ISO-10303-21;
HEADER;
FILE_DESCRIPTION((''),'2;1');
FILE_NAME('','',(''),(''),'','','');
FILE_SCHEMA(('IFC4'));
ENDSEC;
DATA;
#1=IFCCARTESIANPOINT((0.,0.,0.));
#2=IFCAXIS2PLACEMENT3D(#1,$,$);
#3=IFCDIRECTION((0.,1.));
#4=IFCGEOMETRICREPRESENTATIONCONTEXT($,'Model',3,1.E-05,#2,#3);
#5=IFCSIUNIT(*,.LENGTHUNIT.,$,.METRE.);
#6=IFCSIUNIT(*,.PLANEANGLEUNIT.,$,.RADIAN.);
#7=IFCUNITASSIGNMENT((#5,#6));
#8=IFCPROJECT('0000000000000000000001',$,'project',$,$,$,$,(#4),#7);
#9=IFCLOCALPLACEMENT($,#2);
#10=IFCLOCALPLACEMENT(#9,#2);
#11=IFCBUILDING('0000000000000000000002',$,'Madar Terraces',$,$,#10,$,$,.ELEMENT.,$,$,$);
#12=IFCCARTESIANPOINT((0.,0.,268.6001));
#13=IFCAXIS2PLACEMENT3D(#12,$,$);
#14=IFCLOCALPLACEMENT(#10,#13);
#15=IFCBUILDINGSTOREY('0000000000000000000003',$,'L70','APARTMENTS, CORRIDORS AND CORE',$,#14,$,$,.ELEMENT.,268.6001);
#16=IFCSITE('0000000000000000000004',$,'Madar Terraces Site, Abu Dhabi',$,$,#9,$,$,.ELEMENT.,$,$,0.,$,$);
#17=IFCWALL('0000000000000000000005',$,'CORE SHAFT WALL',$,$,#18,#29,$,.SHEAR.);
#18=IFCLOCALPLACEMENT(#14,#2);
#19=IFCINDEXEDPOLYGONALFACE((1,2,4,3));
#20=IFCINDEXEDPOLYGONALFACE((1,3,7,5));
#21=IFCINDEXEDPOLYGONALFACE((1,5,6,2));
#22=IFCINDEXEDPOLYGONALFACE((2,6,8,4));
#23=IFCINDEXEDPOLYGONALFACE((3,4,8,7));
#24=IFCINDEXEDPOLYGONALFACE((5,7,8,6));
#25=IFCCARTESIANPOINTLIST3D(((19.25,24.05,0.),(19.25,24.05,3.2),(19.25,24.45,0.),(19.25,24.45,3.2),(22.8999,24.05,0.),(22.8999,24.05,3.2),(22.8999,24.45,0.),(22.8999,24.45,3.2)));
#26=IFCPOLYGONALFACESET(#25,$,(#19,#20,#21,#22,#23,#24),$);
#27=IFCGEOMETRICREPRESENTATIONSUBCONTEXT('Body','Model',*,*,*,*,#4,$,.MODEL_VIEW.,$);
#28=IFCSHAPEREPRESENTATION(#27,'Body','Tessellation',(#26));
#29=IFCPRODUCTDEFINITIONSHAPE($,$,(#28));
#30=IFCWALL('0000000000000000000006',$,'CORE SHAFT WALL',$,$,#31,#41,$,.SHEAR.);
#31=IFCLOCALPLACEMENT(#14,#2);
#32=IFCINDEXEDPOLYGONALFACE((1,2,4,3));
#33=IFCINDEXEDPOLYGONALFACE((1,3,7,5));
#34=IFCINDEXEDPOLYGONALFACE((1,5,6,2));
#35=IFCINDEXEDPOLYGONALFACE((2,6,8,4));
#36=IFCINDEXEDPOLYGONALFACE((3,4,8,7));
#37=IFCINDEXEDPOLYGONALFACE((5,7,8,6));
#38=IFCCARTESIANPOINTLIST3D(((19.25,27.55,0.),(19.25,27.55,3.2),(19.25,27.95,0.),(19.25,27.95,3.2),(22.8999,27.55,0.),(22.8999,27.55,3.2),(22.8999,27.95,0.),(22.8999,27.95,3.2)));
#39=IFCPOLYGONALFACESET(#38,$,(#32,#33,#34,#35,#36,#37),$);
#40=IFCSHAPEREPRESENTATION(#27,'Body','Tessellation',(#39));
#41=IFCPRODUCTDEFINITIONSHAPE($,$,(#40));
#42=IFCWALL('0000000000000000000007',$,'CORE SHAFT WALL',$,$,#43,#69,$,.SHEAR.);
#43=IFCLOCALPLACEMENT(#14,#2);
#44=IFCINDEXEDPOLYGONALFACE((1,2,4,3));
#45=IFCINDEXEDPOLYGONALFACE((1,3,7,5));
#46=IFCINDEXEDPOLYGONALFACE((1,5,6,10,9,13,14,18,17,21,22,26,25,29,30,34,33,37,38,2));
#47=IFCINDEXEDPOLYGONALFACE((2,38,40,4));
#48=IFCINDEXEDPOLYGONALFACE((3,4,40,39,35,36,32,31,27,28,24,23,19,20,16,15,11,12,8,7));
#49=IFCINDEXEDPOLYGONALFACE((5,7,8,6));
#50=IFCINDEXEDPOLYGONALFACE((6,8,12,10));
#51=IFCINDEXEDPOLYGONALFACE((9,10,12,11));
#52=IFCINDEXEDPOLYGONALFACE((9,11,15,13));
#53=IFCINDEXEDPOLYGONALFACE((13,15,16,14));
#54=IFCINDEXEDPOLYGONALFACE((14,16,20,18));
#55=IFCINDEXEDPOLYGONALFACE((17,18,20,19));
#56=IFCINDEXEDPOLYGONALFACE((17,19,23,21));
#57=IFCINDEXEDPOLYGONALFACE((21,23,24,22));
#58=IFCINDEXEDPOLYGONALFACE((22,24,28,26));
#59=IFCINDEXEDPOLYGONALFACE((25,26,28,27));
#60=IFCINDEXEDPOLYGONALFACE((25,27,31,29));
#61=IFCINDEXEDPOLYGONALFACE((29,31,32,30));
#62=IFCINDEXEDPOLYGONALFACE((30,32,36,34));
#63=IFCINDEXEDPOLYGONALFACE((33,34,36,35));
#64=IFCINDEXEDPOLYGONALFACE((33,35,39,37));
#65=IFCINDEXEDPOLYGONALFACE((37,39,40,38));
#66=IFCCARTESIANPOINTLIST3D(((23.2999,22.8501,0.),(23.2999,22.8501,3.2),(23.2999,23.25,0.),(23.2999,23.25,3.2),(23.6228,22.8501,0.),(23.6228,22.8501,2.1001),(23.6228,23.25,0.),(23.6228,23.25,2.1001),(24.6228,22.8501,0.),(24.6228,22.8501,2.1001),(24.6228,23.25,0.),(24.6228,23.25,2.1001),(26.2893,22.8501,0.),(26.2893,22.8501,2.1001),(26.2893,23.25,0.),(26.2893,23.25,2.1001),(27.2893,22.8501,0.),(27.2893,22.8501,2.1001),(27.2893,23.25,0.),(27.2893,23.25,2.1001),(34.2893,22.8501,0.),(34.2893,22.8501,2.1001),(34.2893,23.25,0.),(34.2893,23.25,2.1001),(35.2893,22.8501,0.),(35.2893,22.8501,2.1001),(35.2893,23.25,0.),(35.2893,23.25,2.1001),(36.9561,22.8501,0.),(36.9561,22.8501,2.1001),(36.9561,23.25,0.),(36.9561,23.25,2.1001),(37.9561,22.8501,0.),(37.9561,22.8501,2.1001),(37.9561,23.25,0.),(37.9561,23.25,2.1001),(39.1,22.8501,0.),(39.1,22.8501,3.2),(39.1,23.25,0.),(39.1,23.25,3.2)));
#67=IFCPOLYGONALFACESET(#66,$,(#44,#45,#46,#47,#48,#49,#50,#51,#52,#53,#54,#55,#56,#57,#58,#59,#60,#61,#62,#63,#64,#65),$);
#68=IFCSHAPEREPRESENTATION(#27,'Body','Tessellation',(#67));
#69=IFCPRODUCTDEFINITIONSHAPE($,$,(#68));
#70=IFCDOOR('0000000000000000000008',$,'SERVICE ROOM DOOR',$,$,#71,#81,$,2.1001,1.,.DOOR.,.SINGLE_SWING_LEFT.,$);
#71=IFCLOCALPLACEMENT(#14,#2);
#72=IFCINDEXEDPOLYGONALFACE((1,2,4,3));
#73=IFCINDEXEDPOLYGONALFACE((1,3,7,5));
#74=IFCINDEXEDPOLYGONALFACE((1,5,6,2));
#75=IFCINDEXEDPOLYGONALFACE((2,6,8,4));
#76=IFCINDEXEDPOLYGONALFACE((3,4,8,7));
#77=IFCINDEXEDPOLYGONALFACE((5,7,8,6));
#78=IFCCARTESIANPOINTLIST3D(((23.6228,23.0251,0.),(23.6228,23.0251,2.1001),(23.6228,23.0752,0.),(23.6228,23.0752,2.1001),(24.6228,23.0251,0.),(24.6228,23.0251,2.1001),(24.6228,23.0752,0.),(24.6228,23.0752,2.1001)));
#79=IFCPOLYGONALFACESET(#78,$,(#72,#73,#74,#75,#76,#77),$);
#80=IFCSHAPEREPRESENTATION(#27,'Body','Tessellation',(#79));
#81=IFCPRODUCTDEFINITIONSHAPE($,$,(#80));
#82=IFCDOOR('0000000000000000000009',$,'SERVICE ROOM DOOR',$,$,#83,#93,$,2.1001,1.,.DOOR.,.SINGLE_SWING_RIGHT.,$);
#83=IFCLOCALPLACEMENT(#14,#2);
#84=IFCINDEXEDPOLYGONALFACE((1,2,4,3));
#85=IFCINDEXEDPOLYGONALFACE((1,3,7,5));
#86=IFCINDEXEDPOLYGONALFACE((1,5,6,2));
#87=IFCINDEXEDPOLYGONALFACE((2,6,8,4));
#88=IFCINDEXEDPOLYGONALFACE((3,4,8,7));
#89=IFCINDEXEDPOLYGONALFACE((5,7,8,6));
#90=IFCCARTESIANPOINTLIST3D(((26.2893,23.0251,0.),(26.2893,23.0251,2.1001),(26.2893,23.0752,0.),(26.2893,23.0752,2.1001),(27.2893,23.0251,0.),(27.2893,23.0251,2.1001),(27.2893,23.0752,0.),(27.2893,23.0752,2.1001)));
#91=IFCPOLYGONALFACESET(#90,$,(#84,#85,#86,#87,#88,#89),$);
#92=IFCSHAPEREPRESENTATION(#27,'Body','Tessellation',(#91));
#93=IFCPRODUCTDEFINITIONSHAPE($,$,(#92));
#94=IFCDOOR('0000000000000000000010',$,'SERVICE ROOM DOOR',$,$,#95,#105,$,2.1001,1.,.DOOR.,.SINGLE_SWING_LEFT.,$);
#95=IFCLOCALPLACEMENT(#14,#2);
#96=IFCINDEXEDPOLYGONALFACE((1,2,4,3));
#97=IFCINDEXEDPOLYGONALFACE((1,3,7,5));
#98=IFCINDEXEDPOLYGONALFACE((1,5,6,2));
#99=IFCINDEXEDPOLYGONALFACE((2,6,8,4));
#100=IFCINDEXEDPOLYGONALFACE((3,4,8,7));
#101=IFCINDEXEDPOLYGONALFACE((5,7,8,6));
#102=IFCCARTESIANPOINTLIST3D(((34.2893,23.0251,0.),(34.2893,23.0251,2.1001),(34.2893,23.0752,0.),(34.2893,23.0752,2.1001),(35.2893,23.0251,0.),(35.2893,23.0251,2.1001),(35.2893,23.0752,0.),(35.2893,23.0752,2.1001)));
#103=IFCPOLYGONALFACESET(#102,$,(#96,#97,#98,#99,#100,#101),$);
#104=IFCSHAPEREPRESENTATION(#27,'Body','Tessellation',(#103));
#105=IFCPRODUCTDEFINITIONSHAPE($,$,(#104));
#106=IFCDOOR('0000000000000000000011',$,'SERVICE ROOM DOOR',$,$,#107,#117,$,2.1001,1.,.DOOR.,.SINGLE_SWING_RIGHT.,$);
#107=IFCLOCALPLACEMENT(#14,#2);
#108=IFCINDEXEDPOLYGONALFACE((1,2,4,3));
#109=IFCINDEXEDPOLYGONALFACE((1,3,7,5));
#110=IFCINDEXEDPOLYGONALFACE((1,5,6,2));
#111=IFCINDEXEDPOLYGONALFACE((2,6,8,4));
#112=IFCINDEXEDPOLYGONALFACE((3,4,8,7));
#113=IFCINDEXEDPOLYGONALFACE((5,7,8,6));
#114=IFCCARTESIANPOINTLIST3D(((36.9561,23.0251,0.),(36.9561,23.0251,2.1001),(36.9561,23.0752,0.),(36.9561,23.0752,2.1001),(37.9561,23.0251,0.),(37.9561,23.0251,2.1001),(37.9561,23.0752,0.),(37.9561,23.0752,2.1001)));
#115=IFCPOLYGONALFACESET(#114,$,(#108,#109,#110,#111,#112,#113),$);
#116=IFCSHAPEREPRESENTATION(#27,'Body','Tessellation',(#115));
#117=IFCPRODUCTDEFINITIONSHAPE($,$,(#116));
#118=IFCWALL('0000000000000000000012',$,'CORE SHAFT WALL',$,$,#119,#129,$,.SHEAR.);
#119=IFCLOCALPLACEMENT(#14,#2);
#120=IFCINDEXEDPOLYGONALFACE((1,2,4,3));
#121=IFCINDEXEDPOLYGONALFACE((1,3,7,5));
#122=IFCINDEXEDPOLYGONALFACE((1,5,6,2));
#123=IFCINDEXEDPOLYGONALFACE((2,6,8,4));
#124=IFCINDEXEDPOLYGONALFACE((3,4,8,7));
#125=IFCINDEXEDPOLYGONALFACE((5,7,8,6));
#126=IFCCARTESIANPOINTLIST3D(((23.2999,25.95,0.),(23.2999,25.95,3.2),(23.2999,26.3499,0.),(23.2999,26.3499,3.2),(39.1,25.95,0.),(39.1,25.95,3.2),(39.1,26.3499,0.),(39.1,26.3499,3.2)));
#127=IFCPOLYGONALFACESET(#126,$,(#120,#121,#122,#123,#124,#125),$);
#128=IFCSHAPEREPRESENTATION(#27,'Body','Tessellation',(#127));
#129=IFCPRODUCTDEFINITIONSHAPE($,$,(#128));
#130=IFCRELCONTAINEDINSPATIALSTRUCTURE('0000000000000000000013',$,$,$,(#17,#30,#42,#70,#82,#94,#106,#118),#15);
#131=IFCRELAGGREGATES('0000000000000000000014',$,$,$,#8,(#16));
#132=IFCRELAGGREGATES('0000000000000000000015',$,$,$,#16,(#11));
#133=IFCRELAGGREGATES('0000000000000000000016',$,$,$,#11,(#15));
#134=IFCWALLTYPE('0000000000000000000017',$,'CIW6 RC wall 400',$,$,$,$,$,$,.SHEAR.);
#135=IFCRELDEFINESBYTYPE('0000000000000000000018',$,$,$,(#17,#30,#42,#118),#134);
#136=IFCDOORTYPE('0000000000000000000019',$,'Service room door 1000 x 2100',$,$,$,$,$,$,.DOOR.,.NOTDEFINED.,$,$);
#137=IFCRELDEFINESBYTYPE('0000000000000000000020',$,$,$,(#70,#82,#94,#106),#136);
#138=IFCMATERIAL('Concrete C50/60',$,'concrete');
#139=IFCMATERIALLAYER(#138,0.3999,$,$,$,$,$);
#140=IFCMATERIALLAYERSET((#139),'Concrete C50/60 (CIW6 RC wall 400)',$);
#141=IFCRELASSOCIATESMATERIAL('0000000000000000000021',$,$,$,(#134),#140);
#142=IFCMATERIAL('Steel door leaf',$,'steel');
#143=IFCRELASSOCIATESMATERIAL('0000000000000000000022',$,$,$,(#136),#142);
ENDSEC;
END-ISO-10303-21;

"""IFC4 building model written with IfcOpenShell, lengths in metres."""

from ifc_helpers import new_model, si_unit, direction, frame, frame_2d, origin, place, context, subcontext, project, spatial, rectangle, extrude, material, layer, layer_set, type_object, element, fill, save


model = new_model("IFC4")

# Units and contexts
model_context = context("Model", 3, precision=1e-05, world=origin(), true_north=direction((0.0, 1.0)))
body_context = subcontext(model_context, "Body", "Model", "MODEL_VIEW")
ifc_project = project(units=[si_unit("LENGTHUNIT", "METRE"), si_unit("PLANEANGLEUNIT", "RADIAN")], contexts=[model_context])

# Site, building, storey
site_placement = place(None, origin())
site = spatial("IfcSite", under=ifc_project, at=site_placement, Name="Madar Terraces Site, Abu Dhabi", CompositionType="ELEMENT", RefElevation=0.0)
building_placement = place(site_placement, origin())
building = spatial("IfcBuilding", under=site, at=building_placement, Name="Madar Terraces", CompositionType="ELEMENT")
storey_placement = place(building_placement, frame((0.0, 0.0, 268.6001)))
storey = spatial("IfcBuildingStorey", under=building, at=storey_placement, Name="L70", Description="APARTMENTS, CORRIDORS AND CORE", CompositionType="ELEMENT", Elevation=268.6001)

# Walls
ifc_material_1 = material(Name="Concrete C50/60", Category="concrete")
ifc_layer_1 = layer(ifc_material_1, 0.3999)
ifc_layer_set_1 = layer_set([ifc_layer_1], Name="Concrete C50/60 (CIW6 RC wall 400)")
wall_type_1 = type_object("IfcWallType", Name="CIW6 RC wall 400", PredefinedType="SHEAR", material=ifc_layer_set_1)
for number, where, z_axis, x_axis, name in (
    (1, (19.25, 24.25, 0.0), (0.0, 0.0, 1.0), (1.0, 0.0, 0.0), "CORE SHAFT WALL"),
    (2, (19.25, 27.75, 0.0), (0.0, 0.0, 1.0), (1.0, 0.0, 0.0), "CORE SHAFT WALL"),
):
    element("IfcWall", number, at=place(storey_placement, frame(where, z_axis=z_axis, x_axis=x_axis)), inside=storey, type_object=wall_type_1, Name=name, PredefinedType="SHEAR", context=body_context, shape_type="SweptSolid", body=[
        extrude(rectangle(XDim=3.6499, YDim=0.3999, at=frame_2d((1.825, 0.0))), origin(), (0.0, 0.0, 1.0), 3.2),
    ])

# Wall, openings, doors
wall_1_placement = place(storey_placement, frame((23.3, 23.05, 0.0), z_axis=(0.0, 0.0, 1.0), x_axis=(1.0, 0.0, 0.0)))
wall_1 = element("IfcWall", 3, at=wall_1_placement, inside=storey, type_object=wall_type_1, Name="CORE SHAFT WALL", PredefinedType="SHEAR", context=body_context, shape_type="SweptSolid", body=[
    extrude(rectangle(XDim=15.8, YDim=0.3999, at=frame_2d((7.8999, 0.0))), origin(), (0.0, 0.0, 1.0), 3.2),
])
opening_1_placement = place(wall_1_placement, frame((0.3228, 0.0, 0.0)))
opening_1 = element("IfcOpeningElement", 4, at=opening_1_placement, cuts=wall_1, PredefinedType="OPENING", context=body_context, shape_type="SweptSolid", body=[
    extrude(rectangle(XDim=1.0, YDim=2.1001, at=frame_2d((0.5, 1.05))), frame((0.0, 0.21, 0.0), z_axis=(0.0, -1.0, 0.0), x_axis=(1.0, 0.0, 0.0)), (0.0, 0.0, 1.0), 0.4199),
])
opening_2_placement = place(wall_1_placement, frame((2.9893, 0.0, 0.0)))
opening_2 = element("IfcOpeningElement", 5, at=opening_2_placement, cuts=wall_1, PredefinedType="OPENING", context=body_context, shape_type="SweptSolid", body=[
    extrude(rectangle(XDim=1.0, YDim=2.1001, at=frame_2d((0.5, 1.05))), frame((0.0, 0.21, 0.0), z_axis=(0.0, -1.0, 0.0), x_axis=(1.0, 0.0, 0.0)), (0.0, 0.0, 1.0), 0.4199),
])
opening_3_placement = place(wall_1_placement, frame((10.9893, 0.0, 0.0)))
opening_3 = element("IfcOpeningElement", 6, at=opening_3_placement, cuts=wall_1, PredefinedType="OPENING", context=body_context, shape_type="SweptSolid", body=[
    extrude(rectangle(XDim=1.0, YDim=2.1001, at=frame_2d((0.5, 1.05))), frame((0.0, 0.21, 0.0), z_axis=(0.0, -1.0, 0.0), x_axis=(1.0, 0.0, 0.0)), (0.0, 0.0, 1.0), 0.4199),
])
opening_4_placement = place(wall_1_placement, frame((13.656, 0.0, 0.0)))
opening_4 = element("IfcOpeningElement", 7, at=opening_4_placement, cuts=wall_1, PredefinedType="OPENING", context=body_context, shape_type="SweptSolid", body=[
    extrude(rectangle(XDim=1.0, YDim=2.1001, at=frame_2d((0.5, 1.05))), frame((0.0, 0.21, 0.0), z_axis=(0.0, -1.0, 0.0), x_axis=(1.0, 0.0, 0.0)), (0.0, 0.0, 1.0), 0.4199),
])
ifc_material_2 = material(Name="Steel door leaf", Category="steel")
door_type_1 = type_object("IfcDoorType", Name="Service room door 1000 x 2100", OperationType="NOTDEFINED", PredefinedType="DOOR", material=ifc_material_2)
door_1_placement = place(opening_1_placement, frame((1.0, 0.0, 0.0), z_axis=(0.0, 0.0, 1.0), x_axis=(-1.0, 0.0, 0.0)))
door_1 = element("IfcDoor", 8, at=door_1_placement, inside=storey, type_object=door_type_1, Name="SERVICE ROOM DOOR", OperationType="SINGLE_SWING_LEFT", OverallHeight=2.1001, OverallWidth=1.0, PredefinedType="DOOR", context=body_context, shape_type="SweptSolid", body=[
    extrude(rectangle(XDim=1.0, YDim=2.1001, at=frame_2d((0.5, 1.05))), frame((0.0, 0.0249, 0.0), z_axis=(0.0, -1.0, 0.0), x_axis=(1.0, 0.0, 0.0)), (0.0, 0.0, 1.0), 0.05),
])
fill(opening_1, door_1)
door_2_placement = place(opening_2_placement, frame((1.0, 0.0, 0.0), z_axis=(0.0, 0.0, 1.0), x_axis=(-1.0, 0.0, 0.0)))
door_2 = element("IfcDoor", 9, at=door_2_placement, inside=storey, type_object=door_type_1, Name="SERVICE ROOM DOOR", OperationType="SINGLE_SWING_RIGHT", OverallHeight=2.1001, OverallWidth=1.0, PredefinedType="DOOR", context=body_context, shape_type="SweptSolid", body=[
    extrude(rectangle(XDim=1.0, YDim=2.1001, at=frame_2d((0.5, 1.05))), frame((0.0, 0.0249, 0.0), z_axis=(0.0, -1.0, 0.0), x_axis=(1.0, 0.0, 0.0)), (0.0, 0.0, 1.0), 0.05),
])
fill(opening_2, door_2)
door_3_placement = place(opening_3_placement, frame((1.0, 0.0, 0.0), z_axis=(0.0, 0.0, 1.0), x_axis=(-1.0, 0.0, 0.0)))
door_3 = element("IfcDoor", 10, at=door_3_placement, inside=storey, type_object=door_type_1, Name="SERVICE ROOM DOOR", OperationType="SINGLE_SWING_LEFT", OverallHeight=2.1001, OverallWidth=1.0, PredefinedType="DOOR", context=body_context, shape_type="SweptSolid", body=[
    extrude(rectangle(XDim=1.0, YDim=2.1001, at=frame_2d((0.5, 1.05))), frame((0.0, 0.0249, 0.0), z_axis=(0.0, -1.0, 0.0), x_axis=(1.0, 0.0, 0.0)), (0.0, 0.0, 1.0), 0.05),
])
fill(opening_3, door_3)
door_4_placement = place(opening_4_placement, frame((1.0, 0.0, 0.0), z_axis=(0.0, 0.0, 1.0), x_axis=(-1.0, 0.0, 0.0)))
door_4 = element("IfcDoor", 11, at=door_4_placement, inside=storey, type_object=door_type_1, Name="SERVICE ROOM DOOR", OperationType="SINGLE_SWING_RIGHT", OverallHeight=2.1001, OverallWidth=1.0, PredefinedType="DOOR", context=body_context, shape_type="SweptSolid", body=[
    extrude(rectangle(XDim=1.0, YDim=2.1001, at=frame_2d((0.5, 1.05))), frame((0.0, 0.0249, 0.0), z_axis=(0.0, -1.0, 0.0), x_axis=(1.0, 0.0, 0.0)), (0.0, 0.0, 1.0), 0.05),
])
fill(opening_4, door_4)

# Wall
wall_2_placement = place(storey_placement, frame((23.3, 26.1499, 0.0), z_axis=(0.0, 0.0, 1.0), x_axis=(1.0, 0.0, 0.0)))
element("IfcWall", 12, at=wall_2_placement, inside=storey, type_object=wall_type_1, Name="CORE SHAFT WALL", PredefinedType="SHEAR", context=body_context, shape_type="SweptSolid", body=[
    extrude(rectangle(XDim=15.8, YDim=0.3999, at=frame_2d((7.8999, 0.0))), origin(), (0.0, 0.0, 1.0), 3.2),
])

save(model, "model.ifc")
